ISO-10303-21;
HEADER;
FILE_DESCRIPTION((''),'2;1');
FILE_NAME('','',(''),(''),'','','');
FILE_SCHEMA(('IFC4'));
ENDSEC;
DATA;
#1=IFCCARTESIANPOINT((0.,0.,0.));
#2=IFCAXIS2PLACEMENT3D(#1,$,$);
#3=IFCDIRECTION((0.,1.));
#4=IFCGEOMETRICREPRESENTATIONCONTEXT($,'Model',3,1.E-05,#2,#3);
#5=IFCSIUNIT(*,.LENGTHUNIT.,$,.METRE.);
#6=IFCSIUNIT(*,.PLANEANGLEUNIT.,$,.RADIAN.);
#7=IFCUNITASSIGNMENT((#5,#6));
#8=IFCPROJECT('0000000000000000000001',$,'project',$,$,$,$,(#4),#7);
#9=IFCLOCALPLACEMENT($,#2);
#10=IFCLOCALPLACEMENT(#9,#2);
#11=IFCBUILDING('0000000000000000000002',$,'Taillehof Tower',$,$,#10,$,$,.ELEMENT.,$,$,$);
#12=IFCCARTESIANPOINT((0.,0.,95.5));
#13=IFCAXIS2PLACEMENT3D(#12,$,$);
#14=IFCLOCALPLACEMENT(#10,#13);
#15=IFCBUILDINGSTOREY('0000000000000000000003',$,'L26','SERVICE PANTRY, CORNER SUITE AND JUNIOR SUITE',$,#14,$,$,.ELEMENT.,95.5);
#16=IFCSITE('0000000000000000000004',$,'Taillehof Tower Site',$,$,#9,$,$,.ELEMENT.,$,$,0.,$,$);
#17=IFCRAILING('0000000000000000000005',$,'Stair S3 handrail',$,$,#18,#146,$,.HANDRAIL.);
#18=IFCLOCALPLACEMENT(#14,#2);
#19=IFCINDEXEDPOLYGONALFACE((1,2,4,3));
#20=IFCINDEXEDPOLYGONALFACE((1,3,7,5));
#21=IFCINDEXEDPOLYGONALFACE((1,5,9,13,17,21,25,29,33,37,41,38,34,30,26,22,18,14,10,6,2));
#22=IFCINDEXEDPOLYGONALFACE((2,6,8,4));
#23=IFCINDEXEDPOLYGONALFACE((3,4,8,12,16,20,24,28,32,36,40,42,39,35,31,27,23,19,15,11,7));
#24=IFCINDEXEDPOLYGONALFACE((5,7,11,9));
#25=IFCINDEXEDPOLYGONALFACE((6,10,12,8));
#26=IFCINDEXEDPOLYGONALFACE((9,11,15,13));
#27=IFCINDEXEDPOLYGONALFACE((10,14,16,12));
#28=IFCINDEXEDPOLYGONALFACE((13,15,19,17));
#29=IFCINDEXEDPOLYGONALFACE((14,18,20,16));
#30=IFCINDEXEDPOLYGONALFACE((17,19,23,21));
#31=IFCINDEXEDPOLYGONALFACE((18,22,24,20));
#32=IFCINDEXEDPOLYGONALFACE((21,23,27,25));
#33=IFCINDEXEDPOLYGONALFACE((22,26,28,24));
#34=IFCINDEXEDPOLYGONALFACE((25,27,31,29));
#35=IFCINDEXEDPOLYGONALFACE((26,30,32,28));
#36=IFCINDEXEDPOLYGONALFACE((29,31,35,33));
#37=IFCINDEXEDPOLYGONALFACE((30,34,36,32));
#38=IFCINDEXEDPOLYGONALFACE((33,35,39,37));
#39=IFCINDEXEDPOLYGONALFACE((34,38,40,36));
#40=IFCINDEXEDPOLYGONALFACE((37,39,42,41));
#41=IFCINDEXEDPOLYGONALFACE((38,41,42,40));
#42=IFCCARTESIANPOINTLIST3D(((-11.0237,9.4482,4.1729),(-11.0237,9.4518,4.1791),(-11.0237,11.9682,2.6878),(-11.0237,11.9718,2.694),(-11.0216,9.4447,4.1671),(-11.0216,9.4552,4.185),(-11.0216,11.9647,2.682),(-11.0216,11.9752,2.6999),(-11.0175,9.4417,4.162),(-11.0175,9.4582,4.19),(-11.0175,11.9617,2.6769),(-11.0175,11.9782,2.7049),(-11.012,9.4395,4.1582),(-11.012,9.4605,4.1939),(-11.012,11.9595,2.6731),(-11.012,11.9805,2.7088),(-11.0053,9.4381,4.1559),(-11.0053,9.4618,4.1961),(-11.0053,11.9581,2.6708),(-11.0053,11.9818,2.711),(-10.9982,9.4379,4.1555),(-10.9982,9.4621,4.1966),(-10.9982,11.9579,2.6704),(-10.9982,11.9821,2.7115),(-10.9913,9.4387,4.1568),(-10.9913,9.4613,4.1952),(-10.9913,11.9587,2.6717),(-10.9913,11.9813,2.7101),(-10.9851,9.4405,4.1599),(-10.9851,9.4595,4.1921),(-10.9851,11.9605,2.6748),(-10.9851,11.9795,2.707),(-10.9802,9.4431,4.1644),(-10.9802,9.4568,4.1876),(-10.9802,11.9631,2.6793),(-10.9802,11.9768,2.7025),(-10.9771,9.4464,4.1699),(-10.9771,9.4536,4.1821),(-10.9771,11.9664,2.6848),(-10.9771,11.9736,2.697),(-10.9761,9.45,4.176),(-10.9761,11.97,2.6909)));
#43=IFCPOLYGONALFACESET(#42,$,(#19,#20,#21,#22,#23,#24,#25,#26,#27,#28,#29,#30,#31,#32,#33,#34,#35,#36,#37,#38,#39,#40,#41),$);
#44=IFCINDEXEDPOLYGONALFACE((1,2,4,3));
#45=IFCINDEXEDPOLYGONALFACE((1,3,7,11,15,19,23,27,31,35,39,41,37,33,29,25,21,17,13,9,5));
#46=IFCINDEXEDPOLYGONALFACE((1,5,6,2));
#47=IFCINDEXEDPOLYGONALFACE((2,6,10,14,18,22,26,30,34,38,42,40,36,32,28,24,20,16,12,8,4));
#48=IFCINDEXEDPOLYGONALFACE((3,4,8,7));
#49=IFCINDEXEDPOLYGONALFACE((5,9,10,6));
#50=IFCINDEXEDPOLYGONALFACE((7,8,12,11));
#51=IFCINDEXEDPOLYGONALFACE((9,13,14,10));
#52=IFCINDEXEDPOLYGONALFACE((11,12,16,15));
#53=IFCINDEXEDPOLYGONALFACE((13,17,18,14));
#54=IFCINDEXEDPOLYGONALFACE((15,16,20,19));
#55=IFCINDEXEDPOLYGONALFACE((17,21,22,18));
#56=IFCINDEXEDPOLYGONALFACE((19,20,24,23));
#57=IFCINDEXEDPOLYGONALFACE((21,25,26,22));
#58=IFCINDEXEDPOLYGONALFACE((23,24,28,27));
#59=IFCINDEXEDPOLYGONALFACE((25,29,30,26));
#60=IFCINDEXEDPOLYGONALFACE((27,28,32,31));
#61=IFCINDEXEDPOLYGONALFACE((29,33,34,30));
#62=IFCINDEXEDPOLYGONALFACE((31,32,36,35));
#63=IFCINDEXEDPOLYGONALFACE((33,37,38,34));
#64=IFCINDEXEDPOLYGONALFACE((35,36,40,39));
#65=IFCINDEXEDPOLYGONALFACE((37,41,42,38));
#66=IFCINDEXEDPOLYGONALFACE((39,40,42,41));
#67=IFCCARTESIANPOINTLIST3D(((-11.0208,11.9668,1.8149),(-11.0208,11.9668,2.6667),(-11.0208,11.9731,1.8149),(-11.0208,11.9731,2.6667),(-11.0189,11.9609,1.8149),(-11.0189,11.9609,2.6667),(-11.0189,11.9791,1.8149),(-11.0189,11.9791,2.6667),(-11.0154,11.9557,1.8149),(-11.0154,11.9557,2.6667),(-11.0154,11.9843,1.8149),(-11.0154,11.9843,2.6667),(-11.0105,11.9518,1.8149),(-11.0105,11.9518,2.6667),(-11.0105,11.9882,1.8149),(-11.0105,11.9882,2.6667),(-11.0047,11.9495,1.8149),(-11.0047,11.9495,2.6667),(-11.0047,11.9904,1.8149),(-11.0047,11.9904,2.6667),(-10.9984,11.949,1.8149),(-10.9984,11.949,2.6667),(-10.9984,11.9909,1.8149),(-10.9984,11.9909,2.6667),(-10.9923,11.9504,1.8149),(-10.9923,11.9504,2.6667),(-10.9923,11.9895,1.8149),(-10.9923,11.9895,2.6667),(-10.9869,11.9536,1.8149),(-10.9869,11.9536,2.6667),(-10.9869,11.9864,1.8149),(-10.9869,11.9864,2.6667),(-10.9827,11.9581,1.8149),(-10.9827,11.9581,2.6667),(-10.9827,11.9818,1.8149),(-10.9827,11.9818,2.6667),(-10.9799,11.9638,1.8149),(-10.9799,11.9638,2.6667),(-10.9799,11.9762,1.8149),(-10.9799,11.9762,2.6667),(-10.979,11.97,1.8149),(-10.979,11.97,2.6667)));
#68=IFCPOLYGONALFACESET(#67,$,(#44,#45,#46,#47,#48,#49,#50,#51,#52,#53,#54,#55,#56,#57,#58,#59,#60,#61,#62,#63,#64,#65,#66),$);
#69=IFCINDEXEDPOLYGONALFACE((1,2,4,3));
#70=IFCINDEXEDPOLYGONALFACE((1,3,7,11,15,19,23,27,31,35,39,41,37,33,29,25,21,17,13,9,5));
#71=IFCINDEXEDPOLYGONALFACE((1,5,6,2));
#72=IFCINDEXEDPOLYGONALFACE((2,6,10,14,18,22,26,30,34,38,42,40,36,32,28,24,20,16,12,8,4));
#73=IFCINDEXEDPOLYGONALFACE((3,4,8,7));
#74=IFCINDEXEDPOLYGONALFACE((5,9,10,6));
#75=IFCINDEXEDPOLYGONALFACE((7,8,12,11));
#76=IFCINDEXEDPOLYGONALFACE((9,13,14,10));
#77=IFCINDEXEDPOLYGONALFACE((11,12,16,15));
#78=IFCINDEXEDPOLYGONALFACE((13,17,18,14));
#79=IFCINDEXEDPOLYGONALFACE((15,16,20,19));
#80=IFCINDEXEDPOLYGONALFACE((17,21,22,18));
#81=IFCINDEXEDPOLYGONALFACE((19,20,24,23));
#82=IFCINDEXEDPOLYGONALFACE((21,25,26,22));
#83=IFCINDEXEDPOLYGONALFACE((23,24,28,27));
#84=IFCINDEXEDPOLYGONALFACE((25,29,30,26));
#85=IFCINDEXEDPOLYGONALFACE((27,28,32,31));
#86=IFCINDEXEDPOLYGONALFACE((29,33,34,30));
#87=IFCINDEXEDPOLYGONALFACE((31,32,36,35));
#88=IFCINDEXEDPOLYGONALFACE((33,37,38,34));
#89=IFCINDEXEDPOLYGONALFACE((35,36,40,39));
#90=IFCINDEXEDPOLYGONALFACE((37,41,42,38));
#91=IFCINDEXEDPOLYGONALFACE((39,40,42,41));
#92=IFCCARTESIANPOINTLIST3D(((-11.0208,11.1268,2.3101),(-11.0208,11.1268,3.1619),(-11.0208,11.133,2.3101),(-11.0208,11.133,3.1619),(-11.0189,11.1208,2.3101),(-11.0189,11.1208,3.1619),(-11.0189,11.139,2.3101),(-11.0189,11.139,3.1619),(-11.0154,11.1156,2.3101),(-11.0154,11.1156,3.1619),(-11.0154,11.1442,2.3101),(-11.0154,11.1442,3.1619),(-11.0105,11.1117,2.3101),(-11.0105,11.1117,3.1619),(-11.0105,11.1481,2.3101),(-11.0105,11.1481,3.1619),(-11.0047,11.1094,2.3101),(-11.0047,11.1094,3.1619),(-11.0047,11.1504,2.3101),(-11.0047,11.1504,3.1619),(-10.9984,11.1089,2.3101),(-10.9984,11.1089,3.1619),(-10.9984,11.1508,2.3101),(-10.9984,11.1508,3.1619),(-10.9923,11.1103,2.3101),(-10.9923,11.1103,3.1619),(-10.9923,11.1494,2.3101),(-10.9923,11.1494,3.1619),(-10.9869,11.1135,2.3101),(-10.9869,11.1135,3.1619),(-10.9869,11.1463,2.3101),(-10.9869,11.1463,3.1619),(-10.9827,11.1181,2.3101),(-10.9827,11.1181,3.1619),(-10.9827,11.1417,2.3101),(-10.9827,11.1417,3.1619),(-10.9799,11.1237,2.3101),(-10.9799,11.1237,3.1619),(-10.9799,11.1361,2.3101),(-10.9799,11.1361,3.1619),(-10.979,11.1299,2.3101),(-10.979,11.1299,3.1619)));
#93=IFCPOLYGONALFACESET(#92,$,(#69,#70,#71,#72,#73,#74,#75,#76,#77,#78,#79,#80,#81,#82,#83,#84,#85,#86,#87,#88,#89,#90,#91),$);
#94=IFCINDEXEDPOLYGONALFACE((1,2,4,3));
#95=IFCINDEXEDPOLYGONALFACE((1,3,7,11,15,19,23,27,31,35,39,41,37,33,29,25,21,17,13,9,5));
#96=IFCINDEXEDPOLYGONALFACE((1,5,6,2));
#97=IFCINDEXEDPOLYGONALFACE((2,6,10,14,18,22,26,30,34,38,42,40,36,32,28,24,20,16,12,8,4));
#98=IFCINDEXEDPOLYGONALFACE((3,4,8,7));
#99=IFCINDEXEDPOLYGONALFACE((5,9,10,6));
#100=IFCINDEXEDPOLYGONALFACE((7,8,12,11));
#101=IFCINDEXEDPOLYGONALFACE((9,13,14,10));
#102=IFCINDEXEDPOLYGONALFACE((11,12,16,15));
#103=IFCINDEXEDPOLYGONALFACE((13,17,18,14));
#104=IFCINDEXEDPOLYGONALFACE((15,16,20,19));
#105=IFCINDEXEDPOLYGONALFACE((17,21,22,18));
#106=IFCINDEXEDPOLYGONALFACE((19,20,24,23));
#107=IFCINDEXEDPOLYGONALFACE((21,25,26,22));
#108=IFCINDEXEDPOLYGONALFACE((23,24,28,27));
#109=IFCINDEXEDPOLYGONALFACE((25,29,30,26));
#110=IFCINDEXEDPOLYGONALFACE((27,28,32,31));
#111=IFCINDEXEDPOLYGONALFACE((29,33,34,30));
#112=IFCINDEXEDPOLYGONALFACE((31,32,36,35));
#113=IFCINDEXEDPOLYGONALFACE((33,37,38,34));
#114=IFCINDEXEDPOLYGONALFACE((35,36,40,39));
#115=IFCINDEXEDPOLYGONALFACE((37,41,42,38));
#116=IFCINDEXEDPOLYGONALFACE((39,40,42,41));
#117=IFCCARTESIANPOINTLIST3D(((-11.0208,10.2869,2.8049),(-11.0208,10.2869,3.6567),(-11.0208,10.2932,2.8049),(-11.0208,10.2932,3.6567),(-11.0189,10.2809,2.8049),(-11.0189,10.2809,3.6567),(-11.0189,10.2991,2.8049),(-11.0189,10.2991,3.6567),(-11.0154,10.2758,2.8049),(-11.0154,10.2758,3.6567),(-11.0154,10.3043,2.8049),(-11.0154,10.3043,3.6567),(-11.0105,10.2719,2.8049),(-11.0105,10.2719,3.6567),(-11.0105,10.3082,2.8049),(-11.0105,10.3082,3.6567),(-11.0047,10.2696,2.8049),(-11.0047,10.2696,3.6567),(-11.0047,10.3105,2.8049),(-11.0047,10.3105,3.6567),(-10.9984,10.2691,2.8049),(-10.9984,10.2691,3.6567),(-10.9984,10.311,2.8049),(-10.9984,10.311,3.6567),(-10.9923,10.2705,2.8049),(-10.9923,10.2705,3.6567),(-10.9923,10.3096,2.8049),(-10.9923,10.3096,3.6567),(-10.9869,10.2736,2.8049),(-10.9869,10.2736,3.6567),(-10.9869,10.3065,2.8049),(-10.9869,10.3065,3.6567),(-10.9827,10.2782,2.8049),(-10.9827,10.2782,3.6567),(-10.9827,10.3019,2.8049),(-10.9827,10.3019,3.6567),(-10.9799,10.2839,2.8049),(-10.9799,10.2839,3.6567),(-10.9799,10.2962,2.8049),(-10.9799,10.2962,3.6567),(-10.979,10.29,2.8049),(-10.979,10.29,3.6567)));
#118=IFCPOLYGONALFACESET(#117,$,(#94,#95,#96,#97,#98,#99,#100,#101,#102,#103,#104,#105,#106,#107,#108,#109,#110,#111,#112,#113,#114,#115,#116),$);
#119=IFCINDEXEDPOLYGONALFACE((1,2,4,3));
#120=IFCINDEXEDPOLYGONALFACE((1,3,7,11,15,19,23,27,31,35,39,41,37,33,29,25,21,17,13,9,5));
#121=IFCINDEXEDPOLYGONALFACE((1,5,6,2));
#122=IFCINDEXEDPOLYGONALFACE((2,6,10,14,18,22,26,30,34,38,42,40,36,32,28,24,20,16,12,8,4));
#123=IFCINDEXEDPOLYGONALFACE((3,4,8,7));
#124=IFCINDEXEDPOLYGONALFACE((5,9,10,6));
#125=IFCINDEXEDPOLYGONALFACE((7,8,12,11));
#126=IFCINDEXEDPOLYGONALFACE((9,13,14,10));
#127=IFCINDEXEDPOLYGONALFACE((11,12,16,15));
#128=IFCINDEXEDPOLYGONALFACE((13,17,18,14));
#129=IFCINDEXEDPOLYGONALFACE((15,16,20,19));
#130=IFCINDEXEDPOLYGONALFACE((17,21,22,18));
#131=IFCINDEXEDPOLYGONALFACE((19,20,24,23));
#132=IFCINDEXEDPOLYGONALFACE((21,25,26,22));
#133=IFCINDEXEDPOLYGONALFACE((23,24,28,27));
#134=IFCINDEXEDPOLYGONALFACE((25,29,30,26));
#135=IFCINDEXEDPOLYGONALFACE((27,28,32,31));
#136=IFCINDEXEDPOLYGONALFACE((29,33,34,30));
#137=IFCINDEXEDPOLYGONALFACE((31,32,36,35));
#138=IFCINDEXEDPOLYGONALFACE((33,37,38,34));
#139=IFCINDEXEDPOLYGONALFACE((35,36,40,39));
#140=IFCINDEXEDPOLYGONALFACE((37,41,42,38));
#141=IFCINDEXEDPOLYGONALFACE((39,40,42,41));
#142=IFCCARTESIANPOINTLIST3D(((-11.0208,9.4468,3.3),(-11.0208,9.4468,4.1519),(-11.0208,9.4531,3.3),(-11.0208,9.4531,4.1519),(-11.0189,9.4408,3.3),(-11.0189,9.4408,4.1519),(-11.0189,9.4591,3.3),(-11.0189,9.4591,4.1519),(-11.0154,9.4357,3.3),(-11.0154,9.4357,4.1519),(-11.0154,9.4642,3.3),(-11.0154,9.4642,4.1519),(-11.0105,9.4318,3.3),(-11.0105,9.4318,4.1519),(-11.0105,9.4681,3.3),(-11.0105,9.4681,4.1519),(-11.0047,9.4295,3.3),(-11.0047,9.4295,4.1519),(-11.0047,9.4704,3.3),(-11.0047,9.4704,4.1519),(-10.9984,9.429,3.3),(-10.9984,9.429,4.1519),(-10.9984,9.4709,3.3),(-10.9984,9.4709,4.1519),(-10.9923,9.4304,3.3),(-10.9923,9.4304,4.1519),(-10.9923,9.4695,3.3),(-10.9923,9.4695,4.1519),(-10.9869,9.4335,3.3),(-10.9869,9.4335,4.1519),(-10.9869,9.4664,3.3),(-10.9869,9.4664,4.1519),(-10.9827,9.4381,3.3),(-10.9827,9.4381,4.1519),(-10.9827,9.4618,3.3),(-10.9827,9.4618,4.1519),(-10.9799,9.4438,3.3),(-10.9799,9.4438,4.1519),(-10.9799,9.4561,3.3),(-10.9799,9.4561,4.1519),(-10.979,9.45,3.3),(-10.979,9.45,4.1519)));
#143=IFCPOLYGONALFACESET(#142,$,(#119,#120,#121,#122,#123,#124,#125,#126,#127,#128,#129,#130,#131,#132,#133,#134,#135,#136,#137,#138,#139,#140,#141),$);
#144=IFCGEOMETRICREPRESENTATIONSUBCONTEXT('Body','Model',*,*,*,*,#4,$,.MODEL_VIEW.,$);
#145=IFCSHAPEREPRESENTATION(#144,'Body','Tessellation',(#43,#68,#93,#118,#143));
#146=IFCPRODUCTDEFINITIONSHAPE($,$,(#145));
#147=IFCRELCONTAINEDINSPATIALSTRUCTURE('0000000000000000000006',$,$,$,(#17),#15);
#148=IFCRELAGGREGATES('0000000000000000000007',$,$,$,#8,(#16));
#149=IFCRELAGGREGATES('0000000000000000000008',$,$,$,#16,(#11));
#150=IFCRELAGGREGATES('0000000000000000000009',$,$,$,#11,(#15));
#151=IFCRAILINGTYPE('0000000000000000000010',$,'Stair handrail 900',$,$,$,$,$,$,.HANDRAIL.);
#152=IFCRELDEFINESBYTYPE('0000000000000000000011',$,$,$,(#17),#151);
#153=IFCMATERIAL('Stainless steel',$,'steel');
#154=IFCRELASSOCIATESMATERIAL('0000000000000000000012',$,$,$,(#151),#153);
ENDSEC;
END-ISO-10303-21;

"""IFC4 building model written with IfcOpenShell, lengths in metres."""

from ifc_helpers import new_model, si_unit, direction, frame, origin, origin_2d, place, context, subcontext, project, spatial, circle, extrude, material, type_object, element, save


model = new_model("IFC4")

# Units and contexts
model_context = context("Model", 3, precision=1e-05, world=origin(), true_north=direction((0.0, 1.0)))
body_context = subcontext(model_context, "Body", "Model", "MODEL_VIEW")
ifc_project = project(units=[si_unit("LENGTHUNIT", "METRE"), si_unit("PLANEANGLEUNIT", "RADIAN")], contexts=[model_context])

# Site, building, storey
site_placement = place(None, origin())
site = spatial("IfcSite", under=ifc_project, at=site_placement, Name="Taillehof Tower Site", CompositionType="ELEMENT", RefElevation=0.0)
building_placement = place(site_placement, origin())
building = spatial("IfcBuilding", under=site, at=building_placement, Name="Taillehof Tower", CompositionType="ELEMENT")
storey_placement = place(building_placement, frame((0.0, 0.0, 95.5)))
storey = spatial("IfcBuildingStorey", under=building, at=storey_placement, Name="L26", Description="SERVICE PANTRY, CORNER SUITE AND JUNIOR SUITE", CompositionType="ELEMENT", Elevation=95.5)

# Railing
ifc_material_1 = material(Name="Stainless steel", Category="steel")
railing_type = type_object("IfcRailingType", Name="Stair handrail 900", PredefinedType="HANDRAIL", material=ifc_material_1)
railing_placement = place(storey_placement, frame((-11.0, 11.97, 1.8149)))
element("IfcRailing", 1, at=railing_placement, inside=storey, type_object=railing_type, Name="Stair S3 handrail", PredefinedType="HANDRAIL", context=body_context, shape_type="SweptSolid", body=[
    extrude(circle(Radius=0.0239, at=origin_2d()), frame((0.0, 0.0, 0.876), z_axis=(0.0, -0.861524, 0.507717), x_axis=(1.0, 0.0, 0.0)), (0.0, 0.0, 1.0), 2.925),
    extrude(circle(Radius=0.021, at=origin_2d()), origin(), (0.0, 0.0, 1.0), 0.8518),
    extrude(circle(Radius=0.021, at=origin_2d()), frame((0.0, -0.8401, 0.4951)), (0.0, 0.0, 1.0), 0.8518),
    extrude(circle(Radius=0.021, at=origin_2d()), frame((0.0, -1.6799, 0.99)), (0.0, 0.0, 1.0), 0.8518),
    extrude(circle(Radius=0.021, at=origin_2d()), frame((0.0, -2.52, 1.4851)), (0.0, 0.0, 1.0), 0.8518),
])

save(model, "model.ifc")
